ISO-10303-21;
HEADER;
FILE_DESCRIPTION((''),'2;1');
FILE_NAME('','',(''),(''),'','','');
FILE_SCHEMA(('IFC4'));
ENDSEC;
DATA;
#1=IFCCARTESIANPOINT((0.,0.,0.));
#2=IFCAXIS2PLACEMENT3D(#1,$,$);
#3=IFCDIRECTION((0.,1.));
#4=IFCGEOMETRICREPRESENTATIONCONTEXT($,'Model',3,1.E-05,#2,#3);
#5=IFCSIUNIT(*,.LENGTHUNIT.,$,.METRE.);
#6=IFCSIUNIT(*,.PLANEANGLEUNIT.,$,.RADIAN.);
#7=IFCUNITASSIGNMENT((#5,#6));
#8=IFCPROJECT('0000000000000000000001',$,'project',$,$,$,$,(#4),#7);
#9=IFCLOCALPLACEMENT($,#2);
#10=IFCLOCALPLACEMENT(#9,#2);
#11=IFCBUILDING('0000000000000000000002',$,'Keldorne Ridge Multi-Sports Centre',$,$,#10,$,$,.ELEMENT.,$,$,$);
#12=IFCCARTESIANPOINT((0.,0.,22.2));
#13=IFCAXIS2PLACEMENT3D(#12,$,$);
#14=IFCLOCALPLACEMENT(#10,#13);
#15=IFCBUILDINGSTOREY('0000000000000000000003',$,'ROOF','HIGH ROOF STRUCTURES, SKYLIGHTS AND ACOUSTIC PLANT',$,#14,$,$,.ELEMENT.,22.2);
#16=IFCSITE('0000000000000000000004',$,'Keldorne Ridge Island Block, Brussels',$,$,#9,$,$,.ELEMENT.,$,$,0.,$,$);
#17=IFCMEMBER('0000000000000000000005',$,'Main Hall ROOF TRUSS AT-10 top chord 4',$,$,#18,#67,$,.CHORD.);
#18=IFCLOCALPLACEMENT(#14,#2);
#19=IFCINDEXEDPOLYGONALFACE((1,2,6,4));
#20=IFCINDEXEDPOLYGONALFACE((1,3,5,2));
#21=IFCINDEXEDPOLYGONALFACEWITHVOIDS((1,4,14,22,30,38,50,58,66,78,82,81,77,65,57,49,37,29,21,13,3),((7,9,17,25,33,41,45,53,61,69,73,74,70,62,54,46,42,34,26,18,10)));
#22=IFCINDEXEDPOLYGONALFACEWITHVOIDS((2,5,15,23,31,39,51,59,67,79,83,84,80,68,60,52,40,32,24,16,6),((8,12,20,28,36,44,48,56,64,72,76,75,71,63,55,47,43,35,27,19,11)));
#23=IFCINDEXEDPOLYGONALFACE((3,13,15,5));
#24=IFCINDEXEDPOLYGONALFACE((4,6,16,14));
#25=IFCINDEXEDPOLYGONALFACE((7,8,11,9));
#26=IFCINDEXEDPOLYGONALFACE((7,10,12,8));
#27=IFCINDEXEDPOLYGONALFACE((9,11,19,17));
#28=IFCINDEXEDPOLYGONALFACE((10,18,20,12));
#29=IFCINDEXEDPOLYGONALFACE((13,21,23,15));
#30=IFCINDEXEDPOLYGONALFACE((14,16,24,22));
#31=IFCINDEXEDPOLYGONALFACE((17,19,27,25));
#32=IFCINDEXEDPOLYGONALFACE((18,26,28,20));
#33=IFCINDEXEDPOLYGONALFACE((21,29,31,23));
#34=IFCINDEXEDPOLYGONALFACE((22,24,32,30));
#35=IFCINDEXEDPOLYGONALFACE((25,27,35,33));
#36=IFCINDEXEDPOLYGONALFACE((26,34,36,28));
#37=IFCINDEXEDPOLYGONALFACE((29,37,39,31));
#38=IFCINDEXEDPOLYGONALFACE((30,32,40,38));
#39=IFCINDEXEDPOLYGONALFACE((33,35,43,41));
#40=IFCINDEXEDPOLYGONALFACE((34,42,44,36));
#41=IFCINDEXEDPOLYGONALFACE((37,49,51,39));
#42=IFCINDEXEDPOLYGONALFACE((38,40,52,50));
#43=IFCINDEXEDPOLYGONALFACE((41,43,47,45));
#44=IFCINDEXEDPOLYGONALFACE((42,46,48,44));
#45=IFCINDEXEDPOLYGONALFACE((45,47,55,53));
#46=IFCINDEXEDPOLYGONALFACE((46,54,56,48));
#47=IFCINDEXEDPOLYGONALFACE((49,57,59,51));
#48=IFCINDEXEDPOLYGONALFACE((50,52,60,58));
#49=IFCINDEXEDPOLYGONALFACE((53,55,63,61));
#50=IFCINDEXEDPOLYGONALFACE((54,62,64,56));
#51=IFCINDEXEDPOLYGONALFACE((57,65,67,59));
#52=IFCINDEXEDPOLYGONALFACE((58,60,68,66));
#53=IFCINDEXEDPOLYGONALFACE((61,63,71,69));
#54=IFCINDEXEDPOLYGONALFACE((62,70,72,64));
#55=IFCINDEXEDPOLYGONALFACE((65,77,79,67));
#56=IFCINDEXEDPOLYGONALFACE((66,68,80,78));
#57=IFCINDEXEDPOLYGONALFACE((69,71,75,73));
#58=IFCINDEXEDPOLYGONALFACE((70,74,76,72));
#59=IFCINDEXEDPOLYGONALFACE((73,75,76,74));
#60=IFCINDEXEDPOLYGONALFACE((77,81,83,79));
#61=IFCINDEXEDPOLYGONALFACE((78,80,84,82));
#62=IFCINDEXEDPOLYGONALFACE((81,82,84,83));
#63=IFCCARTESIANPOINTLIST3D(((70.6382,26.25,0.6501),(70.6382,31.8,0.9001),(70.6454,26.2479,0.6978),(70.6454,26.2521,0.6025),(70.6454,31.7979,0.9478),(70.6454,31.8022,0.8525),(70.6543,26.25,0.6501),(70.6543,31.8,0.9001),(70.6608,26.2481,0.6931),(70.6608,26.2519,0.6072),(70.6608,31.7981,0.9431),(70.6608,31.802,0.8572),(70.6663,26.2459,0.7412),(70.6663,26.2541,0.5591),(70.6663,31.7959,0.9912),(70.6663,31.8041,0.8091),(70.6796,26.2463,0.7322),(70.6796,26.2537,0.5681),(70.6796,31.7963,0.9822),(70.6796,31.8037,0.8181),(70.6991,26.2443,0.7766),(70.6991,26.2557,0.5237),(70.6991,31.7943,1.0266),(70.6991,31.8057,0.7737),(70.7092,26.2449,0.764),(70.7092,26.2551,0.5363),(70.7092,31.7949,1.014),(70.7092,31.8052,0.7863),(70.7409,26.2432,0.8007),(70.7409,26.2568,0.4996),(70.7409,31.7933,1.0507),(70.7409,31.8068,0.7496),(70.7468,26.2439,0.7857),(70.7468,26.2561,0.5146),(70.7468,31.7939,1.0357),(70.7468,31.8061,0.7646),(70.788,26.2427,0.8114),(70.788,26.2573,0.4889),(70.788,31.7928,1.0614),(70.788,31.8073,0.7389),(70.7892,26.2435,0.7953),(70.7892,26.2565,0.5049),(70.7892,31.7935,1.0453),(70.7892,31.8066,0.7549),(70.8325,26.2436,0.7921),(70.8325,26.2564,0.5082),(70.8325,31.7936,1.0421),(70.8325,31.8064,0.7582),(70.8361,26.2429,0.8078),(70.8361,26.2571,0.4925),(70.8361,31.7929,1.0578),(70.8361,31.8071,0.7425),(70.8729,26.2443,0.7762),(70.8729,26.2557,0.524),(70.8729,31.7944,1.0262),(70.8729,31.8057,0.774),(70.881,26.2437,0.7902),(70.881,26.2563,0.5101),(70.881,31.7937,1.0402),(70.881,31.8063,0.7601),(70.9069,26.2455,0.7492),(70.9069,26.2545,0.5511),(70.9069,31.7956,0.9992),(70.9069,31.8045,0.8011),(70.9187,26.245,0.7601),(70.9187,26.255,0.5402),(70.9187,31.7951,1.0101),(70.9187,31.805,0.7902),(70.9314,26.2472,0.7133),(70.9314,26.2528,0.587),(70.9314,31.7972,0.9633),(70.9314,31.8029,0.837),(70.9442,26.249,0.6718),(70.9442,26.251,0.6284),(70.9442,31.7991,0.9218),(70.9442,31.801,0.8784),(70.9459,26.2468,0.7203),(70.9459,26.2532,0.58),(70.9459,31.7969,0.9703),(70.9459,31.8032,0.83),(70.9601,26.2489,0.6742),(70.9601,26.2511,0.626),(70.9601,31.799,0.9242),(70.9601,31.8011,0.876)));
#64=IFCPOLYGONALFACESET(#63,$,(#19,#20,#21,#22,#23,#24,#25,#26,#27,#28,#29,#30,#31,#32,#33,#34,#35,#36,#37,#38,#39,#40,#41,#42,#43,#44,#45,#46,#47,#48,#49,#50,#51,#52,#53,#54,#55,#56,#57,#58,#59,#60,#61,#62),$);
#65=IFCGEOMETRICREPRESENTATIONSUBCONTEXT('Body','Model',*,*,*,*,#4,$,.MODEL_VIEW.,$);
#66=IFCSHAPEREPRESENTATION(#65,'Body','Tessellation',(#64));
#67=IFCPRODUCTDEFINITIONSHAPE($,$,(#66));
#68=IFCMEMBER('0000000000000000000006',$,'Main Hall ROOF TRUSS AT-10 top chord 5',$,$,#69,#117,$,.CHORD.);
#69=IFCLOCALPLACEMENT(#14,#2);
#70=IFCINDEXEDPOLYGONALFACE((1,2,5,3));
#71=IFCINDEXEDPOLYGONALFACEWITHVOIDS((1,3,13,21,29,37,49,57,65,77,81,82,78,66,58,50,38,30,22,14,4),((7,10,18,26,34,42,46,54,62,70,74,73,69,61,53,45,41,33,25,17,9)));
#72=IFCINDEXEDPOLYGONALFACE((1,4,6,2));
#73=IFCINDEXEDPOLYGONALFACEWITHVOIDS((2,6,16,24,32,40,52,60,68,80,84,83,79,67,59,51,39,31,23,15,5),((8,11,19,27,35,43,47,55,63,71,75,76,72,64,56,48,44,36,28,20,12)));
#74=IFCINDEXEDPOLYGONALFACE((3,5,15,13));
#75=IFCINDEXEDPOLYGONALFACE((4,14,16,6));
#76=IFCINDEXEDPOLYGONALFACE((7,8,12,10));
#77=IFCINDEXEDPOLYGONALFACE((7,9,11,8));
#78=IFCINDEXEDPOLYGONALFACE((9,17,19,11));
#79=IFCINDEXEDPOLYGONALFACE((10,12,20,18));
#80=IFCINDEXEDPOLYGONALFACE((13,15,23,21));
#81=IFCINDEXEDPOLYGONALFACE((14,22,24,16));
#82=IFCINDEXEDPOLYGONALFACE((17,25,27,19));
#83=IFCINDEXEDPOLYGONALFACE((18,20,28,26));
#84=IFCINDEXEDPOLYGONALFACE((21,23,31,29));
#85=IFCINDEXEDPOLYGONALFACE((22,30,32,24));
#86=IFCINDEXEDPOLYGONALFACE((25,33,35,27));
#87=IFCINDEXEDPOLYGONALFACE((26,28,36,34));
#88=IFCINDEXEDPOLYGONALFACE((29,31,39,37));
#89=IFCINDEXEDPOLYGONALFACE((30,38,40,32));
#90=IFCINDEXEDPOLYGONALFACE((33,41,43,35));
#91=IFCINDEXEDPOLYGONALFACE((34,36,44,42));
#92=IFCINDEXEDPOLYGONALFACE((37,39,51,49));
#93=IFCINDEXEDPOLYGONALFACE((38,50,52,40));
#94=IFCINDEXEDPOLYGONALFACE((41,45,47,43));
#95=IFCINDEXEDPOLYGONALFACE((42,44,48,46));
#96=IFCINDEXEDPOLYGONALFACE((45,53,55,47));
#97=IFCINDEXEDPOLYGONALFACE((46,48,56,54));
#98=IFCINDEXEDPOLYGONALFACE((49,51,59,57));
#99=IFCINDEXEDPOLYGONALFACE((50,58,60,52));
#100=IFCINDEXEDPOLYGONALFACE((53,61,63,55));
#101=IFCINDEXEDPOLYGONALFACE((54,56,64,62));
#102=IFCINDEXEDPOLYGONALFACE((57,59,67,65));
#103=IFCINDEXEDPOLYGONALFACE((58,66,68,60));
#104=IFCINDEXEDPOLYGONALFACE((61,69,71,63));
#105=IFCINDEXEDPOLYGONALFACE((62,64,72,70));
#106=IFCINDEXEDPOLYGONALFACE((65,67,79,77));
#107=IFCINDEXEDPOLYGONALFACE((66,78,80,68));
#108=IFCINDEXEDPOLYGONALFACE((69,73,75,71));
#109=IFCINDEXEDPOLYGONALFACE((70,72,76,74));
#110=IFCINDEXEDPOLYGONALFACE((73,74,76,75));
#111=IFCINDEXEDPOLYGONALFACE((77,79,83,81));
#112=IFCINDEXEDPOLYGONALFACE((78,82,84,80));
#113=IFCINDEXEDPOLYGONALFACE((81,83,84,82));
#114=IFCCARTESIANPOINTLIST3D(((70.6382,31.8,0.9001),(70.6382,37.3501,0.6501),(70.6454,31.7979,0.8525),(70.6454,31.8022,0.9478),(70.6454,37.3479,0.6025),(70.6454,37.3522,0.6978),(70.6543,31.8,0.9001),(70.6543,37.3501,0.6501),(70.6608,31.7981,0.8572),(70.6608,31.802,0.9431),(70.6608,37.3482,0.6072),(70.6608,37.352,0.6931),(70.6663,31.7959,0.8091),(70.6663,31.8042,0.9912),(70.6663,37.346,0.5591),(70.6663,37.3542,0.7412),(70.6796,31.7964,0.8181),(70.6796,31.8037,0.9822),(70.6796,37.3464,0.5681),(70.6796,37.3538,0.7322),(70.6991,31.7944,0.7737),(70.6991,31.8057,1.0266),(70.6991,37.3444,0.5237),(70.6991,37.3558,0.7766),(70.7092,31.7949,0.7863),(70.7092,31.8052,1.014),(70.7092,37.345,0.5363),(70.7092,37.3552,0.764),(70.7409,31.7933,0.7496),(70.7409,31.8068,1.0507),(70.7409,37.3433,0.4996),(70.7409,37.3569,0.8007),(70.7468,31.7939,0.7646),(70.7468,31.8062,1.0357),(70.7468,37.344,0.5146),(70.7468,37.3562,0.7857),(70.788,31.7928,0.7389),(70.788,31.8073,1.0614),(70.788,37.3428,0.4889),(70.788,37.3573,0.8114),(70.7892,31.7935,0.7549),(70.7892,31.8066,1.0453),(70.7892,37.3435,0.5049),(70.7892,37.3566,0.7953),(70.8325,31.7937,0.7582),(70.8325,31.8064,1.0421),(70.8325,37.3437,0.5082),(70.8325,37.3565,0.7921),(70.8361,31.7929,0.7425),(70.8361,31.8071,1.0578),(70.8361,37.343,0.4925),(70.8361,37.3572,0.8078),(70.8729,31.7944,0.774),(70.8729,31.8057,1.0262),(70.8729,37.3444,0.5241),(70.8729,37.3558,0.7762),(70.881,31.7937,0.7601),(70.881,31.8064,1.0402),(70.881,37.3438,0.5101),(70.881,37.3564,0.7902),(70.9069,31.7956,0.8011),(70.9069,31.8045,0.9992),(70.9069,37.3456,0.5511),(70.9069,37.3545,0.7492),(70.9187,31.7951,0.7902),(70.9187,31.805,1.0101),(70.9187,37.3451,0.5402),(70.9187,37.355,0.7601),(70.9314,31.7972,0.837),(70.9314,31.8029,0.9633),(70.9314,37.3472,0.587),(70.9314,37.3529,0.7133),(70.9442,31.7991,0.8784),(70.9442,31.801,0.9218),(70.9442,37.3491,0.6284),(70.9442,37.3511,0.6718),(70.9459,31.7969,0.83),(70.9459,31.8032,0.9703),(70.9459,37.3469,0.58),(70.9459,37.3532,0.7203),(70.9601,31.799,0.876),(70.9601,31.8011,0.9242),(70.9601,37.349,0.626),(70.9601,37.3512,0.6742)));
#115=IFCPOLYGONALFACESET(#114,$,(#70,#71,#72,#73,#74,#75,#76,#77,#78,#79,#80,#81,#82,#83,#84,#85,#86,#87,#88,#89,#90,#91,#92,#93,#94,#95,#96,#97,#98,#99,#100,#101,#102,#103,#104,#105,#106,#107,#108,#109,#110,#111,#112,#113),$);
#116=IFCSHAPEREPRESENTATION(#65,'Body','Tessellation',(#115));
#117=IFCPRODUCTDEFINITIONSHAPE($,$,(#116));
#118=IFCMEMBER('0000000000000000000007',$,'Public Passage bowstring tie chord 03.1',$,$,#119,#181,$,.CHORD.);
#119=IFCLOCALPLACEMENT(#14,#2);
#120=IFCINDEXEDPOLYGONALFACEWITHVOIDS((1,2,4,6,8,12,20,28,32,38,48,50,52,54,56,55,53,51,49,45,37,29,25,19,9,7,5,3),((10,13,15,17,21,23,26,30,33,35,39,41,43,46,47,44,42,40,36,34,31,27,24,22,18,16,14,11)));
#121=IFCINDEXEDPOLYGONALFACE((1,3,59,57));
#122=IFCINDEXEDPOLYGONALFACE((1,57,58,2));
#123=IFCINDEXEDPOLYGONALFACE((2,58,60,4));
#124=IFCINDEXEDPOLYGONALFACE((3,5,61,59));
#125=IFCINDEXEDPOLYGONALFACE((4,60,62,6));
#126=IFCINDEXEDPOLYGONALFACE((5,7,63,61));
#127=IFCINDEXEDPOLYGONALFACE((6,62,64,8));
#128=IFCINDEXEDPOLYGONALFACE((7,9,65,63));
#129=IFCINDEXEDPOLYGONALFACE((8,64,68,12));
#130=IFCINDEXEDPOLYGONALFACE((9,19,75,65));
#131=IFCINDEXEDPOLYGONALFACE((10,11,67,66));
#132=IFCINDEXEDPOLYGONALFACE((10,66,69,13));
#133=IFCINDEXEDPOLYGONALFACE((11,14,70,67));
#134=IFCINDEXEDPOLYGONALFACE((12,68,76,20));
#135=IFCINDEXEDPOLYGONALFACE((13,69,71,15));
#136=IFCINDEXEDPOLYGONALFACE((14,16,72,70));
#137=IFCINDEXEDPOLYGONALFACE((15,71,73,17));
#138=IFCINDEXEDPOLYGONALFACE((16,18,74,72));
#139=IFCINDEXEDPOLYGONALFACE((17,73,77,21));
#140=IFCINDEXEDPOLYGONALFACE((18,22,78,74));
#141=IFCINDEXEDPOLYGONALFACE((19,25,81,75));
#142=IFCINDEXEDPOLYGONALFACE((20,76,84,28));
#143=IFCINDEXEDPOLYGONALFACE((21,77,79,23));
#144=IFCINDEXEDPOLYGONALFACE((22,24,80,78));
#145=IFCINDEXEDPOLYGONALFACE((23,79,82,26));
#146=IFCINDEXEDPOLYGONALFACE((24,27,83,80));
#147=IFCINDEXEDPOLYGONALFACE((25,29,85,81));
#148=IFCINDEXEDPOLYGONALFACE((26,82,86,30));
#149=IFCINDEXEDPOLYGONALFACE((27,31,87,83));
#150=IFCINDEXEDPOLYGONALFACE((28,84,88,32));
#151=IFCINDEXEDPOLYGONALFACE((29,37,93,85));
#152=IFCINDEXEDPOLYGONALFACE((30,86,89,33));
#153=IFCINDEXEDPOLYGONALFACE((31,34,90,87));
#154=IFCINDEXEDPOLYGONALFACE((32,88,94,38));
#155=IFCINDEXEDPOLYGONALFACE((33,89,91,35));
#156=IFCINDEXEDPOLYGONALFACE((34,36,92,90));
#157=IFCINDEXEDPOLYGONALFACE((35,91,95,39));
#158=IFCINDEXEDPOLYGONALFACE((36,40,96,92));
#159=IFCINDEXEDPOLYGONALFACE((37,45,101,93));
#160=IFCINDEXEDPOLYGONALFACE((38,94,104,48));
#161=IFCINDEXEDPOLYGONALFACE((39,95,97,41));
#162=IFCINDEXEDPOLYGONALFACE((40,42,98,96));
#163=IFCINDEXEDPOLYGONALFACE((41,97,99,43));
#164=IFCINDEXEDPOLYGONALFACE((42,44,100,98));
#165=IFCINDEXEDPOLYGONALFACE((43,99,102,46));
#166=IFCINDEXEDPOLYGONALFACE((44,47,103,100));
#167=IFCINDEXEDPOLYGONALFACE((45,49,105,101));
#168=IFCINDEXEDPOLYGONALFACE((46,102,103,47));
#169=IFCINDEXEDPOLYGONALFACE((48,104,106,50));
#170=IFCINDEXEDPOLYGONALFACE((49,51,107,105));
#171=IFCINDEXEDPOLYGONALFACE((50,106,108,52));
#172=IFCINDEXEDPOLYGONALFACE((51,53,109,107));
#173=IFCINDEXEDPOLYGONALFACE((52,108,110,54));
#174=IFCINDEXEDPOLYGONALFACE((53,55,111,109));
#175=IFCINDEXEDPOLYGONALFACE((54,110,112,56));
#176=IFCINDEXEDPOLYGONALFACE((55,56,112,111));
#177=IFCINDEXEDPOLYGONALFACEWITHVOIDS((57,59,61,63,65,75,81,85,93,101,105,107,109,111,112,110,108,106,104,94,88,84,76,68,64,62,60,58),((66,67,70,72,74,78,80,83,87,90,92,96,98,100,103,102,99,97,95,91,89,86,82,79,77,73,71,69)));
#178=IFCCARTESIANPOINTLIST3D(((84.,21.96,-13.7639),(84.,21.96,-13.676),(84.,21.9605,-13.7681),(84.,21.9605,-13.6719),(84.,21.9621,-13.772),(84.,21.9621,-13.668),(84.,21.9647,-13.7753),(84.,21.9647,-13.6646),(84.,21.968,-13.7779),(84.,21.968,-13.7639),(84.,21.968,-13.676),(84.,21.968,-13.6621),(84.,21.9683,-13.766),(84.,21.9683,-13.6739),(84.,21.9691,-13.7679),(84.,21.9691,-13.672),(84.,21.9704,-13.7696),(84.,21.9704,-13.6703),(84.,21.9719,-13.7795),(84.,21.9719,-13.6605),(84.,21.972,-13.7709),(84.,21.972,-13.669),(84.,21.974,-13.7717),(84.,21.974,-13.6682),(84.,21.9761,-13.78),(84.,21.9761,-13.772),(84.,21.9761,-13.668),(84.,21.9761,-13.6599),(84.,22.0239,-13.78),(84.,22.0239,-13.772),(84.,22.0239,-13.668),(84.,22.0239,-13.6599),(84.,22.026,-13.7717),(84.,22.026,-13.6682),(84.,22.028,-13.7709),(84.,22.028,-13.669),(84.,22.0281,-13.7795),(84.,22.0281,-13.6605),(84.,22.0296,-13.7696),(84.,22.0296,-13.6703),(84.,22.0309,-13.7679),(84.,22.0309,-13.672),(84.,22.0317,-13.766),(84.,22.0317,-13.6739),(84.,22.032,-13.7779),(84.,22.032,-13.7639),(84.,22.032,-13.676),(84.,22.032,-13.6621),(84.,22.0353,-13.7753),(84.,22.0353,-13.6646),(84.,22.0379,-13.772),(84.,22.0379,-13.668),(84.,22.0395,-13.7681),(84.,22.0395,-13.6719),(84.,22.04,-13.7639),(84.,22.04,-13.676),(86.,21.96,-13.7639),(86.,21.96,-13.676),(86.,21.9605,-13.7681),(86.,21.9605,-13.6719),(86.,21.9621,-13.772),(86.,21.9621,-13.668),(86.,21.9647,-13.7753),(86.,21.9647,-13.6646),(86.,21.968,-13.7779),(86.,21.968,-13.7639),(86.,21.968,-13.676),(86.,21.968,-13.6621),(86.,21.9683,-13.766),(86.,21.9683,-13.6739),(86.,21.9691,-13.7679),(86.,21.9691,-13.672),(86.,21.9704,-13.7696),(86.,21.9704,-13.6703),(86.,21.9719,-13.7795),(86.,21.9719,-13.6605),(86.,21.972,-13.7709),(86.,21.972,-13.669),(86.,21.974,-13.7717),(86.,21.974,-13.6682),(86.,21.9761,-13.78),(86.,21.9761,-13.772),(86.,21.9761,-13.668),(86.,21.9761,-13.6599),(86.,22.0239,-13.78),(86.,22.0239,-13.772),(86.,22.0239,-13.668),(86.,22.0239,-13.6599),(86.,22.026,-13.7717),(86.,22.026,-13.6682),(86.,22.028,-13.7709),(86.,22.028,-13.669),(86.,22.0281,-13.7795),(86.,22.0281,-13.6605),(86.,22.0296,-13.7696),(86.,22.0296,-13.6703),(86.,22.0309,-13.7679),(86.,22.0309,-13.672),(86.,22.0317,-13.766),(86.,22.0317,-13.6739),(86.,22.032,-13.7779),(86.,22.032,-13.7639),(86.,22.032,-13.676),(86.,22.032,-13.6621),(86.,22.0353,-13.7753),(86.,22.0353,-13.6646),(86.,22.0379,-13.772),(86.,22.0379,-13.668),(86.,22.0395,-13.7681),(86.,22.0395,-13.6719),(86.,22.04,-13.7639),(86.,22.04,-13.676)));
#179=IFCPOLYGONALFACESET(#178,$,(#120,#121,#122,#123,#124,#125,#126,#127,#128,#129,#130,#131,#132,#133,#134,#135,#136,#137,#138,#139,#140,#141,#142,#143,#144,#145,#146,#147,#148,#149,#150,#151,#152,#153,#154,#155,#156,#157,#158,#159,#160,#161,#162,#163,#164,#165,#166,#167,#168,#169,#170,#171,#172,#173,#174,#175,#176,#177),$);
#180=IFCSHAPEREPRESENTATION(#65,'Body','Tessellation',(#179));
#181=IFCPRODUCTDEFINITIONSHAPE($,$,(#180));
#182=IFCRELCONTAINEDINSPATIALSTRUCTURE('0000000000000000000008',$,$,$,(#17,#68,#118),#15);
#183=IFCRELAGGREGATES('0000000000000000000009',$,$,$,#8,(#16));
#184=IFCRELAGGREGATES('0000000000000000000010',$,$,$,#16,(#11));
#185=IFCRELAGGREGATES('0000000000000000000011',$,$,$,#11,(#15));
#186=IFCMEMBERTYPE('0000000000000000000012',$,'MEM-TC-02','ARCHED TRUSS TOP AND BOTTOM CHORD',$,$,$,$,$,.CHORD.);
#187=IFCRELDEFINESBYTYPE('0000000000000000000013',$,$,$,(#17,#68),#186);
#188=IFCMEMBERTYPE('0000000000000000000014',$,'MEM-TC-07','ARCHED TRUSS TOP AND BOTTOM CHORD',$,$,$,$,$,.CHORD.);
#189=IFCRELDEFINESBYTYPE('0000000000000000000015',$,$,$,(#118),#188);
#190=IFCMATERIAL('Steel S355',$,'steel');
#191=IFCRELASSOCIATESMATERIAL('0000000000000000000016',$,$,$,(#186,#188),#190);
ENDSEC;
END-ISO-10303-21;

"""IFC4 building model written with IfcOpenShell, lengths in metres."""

from ifc_helpers import new_model, si_unit, direction, frame, origin, origin_2d, place, context, subcontext, project, spatial, hollow_rectangle, hollow_circle, extrude, material, material_profile, profile_set, type_object, element, save


model = new_model("IFC4")

# Units and contexts
model_context = context("Model", 3, precision=1e-05, world=origin(), true_north=direction((0.0, 1.0)))
body_context = subcontext(model_context, "Body", "Model", "MODEL_VIEW")
ifc_project = project(units=[si_unit("LENGTHUNIT", "METRE"), si_unit("PLANEANGLEUNIT", "RADIAN")], contexts=[model_context])

# Site, building, storey
site_placement = place(None, origin())
site = spatial("IfcSite", under=ifc_project, at=site_placement, Name="Keldorne Ridge Island Block, Brussels", CompositionType="ELEMENT", RefElevation=0.0)
building_placement = place(site_placement, origin())
building = spatial("IfcBuilding", under=site, at=building_placement, Name="Keldorne Ridge Multi-Sports Centre", CompositionType="ELEMENT")
storey_placement = place(building_placement, frame((0.0, 0.0, 22.2)))
storey = spatial("IfcBuildingStorey", under=building, at=storey_placement, Name="ROOF", Description="HIGH ROOF STRUCTURES, SKYLIGHTS AND ACOUSTIC PLANT", CompositionType="ELEMENT", Elevation=22.2)

# Members
ifc_material = material(Name="Steel S355", Category="steel")
ifc_material_profile_1 = material_profile(ifc_material, hollow_circle(Radius=0.1619, WallThickness=0.0161, at=origin_2d()), Name="CHS 323.9x16")
ifc_profile_set_1 = profile_set([ifc_material_profile_1], Name="Steel S355")
member_type_1 = type_object("IfcMemberType", Name="MEM-TC-02", Description="ARCHED TRUSS TOP AND BOTTOM CHORD", PredefinedType="CHORD", material=ifc_profile_set_1)
for number, where, z_axis, x_axis, name in (
    (1, (70.8, 26.25, 0.6501), (0.0, 0.998987, 0.044999), (-1.0, 0.0, 0.0), "Main Hall ROOF TRUSS AT-10 top chord 4"),
    (2, (70.8, 31.8, 0.9001), (0.0, 0.998987, -0.044999), (-1.0, 0.0, 0.0), "Main Hall ROOF TRUSS AT-10 top chord 5"),
):
    element("IfcMember", number, at=place(storey_placement, frame(where, z_axis=z_axis, x_axis=x_axis)), inside=storey, type_object=member_type_1, Name=name, PredefinedType="CHORD", context=body_context, shape_type="SweptSolid", body=[
        extrude(hollow_circle(Radius=0.1619, WallThickness=0.0161, at=origin_2d()), origin(), (0.0, 0.0, 1.0), 5.5557),
    ])
ifc_material_profile_2 = material_profile(ifc_material, hollow_rectangle(XDim=0.0801, YDim=0.1201, WallThickness=0.0081, InnerFilletRadius=0.0081, OuterFilletRadius=0.0161, at=origin_2d()), Name="RHS 120x80x8")
ifc_profile_set_2 = profile_set([ifc_material_profile_2], Name="Steel S355")
member_type_2 = type_object("IfcMemberType", Name="MEM-TC-07", Description="ARCHED TRUSS TOP AND BOTTOM CHORD", PredefinedType="CHORD", material=ifc_profile_set_2)
for number, where, z_axis, x_axis, name in (
    (3, (84.0, 22.0, -13.72), (1.0, 0.0, 0.0), (0.0, 1.0, 0.0), "Public Passage bowstring tie chord 03.1"),
):
    element("IfcMember", number, at=place(storey_placement, frame(where, z_axis=z_axis, x_axis=x_axis)), inside=storey, type_object=member_type_2, Name=name, PredefinedType="CHORD", context=body_context, shape_type="SweptSolid", body=[
        extrude(hollow_rectangle(XDim=0.0801, YDim=0.1201, WallThickness=0.0081, InnerFilletRadius=0.0081, OuterFilletRadius=0.0161, at=origin_2d()), origin(), (0.0, 0.0, 1.0), 2.0),
    ])

save(model, "model.ifc")
